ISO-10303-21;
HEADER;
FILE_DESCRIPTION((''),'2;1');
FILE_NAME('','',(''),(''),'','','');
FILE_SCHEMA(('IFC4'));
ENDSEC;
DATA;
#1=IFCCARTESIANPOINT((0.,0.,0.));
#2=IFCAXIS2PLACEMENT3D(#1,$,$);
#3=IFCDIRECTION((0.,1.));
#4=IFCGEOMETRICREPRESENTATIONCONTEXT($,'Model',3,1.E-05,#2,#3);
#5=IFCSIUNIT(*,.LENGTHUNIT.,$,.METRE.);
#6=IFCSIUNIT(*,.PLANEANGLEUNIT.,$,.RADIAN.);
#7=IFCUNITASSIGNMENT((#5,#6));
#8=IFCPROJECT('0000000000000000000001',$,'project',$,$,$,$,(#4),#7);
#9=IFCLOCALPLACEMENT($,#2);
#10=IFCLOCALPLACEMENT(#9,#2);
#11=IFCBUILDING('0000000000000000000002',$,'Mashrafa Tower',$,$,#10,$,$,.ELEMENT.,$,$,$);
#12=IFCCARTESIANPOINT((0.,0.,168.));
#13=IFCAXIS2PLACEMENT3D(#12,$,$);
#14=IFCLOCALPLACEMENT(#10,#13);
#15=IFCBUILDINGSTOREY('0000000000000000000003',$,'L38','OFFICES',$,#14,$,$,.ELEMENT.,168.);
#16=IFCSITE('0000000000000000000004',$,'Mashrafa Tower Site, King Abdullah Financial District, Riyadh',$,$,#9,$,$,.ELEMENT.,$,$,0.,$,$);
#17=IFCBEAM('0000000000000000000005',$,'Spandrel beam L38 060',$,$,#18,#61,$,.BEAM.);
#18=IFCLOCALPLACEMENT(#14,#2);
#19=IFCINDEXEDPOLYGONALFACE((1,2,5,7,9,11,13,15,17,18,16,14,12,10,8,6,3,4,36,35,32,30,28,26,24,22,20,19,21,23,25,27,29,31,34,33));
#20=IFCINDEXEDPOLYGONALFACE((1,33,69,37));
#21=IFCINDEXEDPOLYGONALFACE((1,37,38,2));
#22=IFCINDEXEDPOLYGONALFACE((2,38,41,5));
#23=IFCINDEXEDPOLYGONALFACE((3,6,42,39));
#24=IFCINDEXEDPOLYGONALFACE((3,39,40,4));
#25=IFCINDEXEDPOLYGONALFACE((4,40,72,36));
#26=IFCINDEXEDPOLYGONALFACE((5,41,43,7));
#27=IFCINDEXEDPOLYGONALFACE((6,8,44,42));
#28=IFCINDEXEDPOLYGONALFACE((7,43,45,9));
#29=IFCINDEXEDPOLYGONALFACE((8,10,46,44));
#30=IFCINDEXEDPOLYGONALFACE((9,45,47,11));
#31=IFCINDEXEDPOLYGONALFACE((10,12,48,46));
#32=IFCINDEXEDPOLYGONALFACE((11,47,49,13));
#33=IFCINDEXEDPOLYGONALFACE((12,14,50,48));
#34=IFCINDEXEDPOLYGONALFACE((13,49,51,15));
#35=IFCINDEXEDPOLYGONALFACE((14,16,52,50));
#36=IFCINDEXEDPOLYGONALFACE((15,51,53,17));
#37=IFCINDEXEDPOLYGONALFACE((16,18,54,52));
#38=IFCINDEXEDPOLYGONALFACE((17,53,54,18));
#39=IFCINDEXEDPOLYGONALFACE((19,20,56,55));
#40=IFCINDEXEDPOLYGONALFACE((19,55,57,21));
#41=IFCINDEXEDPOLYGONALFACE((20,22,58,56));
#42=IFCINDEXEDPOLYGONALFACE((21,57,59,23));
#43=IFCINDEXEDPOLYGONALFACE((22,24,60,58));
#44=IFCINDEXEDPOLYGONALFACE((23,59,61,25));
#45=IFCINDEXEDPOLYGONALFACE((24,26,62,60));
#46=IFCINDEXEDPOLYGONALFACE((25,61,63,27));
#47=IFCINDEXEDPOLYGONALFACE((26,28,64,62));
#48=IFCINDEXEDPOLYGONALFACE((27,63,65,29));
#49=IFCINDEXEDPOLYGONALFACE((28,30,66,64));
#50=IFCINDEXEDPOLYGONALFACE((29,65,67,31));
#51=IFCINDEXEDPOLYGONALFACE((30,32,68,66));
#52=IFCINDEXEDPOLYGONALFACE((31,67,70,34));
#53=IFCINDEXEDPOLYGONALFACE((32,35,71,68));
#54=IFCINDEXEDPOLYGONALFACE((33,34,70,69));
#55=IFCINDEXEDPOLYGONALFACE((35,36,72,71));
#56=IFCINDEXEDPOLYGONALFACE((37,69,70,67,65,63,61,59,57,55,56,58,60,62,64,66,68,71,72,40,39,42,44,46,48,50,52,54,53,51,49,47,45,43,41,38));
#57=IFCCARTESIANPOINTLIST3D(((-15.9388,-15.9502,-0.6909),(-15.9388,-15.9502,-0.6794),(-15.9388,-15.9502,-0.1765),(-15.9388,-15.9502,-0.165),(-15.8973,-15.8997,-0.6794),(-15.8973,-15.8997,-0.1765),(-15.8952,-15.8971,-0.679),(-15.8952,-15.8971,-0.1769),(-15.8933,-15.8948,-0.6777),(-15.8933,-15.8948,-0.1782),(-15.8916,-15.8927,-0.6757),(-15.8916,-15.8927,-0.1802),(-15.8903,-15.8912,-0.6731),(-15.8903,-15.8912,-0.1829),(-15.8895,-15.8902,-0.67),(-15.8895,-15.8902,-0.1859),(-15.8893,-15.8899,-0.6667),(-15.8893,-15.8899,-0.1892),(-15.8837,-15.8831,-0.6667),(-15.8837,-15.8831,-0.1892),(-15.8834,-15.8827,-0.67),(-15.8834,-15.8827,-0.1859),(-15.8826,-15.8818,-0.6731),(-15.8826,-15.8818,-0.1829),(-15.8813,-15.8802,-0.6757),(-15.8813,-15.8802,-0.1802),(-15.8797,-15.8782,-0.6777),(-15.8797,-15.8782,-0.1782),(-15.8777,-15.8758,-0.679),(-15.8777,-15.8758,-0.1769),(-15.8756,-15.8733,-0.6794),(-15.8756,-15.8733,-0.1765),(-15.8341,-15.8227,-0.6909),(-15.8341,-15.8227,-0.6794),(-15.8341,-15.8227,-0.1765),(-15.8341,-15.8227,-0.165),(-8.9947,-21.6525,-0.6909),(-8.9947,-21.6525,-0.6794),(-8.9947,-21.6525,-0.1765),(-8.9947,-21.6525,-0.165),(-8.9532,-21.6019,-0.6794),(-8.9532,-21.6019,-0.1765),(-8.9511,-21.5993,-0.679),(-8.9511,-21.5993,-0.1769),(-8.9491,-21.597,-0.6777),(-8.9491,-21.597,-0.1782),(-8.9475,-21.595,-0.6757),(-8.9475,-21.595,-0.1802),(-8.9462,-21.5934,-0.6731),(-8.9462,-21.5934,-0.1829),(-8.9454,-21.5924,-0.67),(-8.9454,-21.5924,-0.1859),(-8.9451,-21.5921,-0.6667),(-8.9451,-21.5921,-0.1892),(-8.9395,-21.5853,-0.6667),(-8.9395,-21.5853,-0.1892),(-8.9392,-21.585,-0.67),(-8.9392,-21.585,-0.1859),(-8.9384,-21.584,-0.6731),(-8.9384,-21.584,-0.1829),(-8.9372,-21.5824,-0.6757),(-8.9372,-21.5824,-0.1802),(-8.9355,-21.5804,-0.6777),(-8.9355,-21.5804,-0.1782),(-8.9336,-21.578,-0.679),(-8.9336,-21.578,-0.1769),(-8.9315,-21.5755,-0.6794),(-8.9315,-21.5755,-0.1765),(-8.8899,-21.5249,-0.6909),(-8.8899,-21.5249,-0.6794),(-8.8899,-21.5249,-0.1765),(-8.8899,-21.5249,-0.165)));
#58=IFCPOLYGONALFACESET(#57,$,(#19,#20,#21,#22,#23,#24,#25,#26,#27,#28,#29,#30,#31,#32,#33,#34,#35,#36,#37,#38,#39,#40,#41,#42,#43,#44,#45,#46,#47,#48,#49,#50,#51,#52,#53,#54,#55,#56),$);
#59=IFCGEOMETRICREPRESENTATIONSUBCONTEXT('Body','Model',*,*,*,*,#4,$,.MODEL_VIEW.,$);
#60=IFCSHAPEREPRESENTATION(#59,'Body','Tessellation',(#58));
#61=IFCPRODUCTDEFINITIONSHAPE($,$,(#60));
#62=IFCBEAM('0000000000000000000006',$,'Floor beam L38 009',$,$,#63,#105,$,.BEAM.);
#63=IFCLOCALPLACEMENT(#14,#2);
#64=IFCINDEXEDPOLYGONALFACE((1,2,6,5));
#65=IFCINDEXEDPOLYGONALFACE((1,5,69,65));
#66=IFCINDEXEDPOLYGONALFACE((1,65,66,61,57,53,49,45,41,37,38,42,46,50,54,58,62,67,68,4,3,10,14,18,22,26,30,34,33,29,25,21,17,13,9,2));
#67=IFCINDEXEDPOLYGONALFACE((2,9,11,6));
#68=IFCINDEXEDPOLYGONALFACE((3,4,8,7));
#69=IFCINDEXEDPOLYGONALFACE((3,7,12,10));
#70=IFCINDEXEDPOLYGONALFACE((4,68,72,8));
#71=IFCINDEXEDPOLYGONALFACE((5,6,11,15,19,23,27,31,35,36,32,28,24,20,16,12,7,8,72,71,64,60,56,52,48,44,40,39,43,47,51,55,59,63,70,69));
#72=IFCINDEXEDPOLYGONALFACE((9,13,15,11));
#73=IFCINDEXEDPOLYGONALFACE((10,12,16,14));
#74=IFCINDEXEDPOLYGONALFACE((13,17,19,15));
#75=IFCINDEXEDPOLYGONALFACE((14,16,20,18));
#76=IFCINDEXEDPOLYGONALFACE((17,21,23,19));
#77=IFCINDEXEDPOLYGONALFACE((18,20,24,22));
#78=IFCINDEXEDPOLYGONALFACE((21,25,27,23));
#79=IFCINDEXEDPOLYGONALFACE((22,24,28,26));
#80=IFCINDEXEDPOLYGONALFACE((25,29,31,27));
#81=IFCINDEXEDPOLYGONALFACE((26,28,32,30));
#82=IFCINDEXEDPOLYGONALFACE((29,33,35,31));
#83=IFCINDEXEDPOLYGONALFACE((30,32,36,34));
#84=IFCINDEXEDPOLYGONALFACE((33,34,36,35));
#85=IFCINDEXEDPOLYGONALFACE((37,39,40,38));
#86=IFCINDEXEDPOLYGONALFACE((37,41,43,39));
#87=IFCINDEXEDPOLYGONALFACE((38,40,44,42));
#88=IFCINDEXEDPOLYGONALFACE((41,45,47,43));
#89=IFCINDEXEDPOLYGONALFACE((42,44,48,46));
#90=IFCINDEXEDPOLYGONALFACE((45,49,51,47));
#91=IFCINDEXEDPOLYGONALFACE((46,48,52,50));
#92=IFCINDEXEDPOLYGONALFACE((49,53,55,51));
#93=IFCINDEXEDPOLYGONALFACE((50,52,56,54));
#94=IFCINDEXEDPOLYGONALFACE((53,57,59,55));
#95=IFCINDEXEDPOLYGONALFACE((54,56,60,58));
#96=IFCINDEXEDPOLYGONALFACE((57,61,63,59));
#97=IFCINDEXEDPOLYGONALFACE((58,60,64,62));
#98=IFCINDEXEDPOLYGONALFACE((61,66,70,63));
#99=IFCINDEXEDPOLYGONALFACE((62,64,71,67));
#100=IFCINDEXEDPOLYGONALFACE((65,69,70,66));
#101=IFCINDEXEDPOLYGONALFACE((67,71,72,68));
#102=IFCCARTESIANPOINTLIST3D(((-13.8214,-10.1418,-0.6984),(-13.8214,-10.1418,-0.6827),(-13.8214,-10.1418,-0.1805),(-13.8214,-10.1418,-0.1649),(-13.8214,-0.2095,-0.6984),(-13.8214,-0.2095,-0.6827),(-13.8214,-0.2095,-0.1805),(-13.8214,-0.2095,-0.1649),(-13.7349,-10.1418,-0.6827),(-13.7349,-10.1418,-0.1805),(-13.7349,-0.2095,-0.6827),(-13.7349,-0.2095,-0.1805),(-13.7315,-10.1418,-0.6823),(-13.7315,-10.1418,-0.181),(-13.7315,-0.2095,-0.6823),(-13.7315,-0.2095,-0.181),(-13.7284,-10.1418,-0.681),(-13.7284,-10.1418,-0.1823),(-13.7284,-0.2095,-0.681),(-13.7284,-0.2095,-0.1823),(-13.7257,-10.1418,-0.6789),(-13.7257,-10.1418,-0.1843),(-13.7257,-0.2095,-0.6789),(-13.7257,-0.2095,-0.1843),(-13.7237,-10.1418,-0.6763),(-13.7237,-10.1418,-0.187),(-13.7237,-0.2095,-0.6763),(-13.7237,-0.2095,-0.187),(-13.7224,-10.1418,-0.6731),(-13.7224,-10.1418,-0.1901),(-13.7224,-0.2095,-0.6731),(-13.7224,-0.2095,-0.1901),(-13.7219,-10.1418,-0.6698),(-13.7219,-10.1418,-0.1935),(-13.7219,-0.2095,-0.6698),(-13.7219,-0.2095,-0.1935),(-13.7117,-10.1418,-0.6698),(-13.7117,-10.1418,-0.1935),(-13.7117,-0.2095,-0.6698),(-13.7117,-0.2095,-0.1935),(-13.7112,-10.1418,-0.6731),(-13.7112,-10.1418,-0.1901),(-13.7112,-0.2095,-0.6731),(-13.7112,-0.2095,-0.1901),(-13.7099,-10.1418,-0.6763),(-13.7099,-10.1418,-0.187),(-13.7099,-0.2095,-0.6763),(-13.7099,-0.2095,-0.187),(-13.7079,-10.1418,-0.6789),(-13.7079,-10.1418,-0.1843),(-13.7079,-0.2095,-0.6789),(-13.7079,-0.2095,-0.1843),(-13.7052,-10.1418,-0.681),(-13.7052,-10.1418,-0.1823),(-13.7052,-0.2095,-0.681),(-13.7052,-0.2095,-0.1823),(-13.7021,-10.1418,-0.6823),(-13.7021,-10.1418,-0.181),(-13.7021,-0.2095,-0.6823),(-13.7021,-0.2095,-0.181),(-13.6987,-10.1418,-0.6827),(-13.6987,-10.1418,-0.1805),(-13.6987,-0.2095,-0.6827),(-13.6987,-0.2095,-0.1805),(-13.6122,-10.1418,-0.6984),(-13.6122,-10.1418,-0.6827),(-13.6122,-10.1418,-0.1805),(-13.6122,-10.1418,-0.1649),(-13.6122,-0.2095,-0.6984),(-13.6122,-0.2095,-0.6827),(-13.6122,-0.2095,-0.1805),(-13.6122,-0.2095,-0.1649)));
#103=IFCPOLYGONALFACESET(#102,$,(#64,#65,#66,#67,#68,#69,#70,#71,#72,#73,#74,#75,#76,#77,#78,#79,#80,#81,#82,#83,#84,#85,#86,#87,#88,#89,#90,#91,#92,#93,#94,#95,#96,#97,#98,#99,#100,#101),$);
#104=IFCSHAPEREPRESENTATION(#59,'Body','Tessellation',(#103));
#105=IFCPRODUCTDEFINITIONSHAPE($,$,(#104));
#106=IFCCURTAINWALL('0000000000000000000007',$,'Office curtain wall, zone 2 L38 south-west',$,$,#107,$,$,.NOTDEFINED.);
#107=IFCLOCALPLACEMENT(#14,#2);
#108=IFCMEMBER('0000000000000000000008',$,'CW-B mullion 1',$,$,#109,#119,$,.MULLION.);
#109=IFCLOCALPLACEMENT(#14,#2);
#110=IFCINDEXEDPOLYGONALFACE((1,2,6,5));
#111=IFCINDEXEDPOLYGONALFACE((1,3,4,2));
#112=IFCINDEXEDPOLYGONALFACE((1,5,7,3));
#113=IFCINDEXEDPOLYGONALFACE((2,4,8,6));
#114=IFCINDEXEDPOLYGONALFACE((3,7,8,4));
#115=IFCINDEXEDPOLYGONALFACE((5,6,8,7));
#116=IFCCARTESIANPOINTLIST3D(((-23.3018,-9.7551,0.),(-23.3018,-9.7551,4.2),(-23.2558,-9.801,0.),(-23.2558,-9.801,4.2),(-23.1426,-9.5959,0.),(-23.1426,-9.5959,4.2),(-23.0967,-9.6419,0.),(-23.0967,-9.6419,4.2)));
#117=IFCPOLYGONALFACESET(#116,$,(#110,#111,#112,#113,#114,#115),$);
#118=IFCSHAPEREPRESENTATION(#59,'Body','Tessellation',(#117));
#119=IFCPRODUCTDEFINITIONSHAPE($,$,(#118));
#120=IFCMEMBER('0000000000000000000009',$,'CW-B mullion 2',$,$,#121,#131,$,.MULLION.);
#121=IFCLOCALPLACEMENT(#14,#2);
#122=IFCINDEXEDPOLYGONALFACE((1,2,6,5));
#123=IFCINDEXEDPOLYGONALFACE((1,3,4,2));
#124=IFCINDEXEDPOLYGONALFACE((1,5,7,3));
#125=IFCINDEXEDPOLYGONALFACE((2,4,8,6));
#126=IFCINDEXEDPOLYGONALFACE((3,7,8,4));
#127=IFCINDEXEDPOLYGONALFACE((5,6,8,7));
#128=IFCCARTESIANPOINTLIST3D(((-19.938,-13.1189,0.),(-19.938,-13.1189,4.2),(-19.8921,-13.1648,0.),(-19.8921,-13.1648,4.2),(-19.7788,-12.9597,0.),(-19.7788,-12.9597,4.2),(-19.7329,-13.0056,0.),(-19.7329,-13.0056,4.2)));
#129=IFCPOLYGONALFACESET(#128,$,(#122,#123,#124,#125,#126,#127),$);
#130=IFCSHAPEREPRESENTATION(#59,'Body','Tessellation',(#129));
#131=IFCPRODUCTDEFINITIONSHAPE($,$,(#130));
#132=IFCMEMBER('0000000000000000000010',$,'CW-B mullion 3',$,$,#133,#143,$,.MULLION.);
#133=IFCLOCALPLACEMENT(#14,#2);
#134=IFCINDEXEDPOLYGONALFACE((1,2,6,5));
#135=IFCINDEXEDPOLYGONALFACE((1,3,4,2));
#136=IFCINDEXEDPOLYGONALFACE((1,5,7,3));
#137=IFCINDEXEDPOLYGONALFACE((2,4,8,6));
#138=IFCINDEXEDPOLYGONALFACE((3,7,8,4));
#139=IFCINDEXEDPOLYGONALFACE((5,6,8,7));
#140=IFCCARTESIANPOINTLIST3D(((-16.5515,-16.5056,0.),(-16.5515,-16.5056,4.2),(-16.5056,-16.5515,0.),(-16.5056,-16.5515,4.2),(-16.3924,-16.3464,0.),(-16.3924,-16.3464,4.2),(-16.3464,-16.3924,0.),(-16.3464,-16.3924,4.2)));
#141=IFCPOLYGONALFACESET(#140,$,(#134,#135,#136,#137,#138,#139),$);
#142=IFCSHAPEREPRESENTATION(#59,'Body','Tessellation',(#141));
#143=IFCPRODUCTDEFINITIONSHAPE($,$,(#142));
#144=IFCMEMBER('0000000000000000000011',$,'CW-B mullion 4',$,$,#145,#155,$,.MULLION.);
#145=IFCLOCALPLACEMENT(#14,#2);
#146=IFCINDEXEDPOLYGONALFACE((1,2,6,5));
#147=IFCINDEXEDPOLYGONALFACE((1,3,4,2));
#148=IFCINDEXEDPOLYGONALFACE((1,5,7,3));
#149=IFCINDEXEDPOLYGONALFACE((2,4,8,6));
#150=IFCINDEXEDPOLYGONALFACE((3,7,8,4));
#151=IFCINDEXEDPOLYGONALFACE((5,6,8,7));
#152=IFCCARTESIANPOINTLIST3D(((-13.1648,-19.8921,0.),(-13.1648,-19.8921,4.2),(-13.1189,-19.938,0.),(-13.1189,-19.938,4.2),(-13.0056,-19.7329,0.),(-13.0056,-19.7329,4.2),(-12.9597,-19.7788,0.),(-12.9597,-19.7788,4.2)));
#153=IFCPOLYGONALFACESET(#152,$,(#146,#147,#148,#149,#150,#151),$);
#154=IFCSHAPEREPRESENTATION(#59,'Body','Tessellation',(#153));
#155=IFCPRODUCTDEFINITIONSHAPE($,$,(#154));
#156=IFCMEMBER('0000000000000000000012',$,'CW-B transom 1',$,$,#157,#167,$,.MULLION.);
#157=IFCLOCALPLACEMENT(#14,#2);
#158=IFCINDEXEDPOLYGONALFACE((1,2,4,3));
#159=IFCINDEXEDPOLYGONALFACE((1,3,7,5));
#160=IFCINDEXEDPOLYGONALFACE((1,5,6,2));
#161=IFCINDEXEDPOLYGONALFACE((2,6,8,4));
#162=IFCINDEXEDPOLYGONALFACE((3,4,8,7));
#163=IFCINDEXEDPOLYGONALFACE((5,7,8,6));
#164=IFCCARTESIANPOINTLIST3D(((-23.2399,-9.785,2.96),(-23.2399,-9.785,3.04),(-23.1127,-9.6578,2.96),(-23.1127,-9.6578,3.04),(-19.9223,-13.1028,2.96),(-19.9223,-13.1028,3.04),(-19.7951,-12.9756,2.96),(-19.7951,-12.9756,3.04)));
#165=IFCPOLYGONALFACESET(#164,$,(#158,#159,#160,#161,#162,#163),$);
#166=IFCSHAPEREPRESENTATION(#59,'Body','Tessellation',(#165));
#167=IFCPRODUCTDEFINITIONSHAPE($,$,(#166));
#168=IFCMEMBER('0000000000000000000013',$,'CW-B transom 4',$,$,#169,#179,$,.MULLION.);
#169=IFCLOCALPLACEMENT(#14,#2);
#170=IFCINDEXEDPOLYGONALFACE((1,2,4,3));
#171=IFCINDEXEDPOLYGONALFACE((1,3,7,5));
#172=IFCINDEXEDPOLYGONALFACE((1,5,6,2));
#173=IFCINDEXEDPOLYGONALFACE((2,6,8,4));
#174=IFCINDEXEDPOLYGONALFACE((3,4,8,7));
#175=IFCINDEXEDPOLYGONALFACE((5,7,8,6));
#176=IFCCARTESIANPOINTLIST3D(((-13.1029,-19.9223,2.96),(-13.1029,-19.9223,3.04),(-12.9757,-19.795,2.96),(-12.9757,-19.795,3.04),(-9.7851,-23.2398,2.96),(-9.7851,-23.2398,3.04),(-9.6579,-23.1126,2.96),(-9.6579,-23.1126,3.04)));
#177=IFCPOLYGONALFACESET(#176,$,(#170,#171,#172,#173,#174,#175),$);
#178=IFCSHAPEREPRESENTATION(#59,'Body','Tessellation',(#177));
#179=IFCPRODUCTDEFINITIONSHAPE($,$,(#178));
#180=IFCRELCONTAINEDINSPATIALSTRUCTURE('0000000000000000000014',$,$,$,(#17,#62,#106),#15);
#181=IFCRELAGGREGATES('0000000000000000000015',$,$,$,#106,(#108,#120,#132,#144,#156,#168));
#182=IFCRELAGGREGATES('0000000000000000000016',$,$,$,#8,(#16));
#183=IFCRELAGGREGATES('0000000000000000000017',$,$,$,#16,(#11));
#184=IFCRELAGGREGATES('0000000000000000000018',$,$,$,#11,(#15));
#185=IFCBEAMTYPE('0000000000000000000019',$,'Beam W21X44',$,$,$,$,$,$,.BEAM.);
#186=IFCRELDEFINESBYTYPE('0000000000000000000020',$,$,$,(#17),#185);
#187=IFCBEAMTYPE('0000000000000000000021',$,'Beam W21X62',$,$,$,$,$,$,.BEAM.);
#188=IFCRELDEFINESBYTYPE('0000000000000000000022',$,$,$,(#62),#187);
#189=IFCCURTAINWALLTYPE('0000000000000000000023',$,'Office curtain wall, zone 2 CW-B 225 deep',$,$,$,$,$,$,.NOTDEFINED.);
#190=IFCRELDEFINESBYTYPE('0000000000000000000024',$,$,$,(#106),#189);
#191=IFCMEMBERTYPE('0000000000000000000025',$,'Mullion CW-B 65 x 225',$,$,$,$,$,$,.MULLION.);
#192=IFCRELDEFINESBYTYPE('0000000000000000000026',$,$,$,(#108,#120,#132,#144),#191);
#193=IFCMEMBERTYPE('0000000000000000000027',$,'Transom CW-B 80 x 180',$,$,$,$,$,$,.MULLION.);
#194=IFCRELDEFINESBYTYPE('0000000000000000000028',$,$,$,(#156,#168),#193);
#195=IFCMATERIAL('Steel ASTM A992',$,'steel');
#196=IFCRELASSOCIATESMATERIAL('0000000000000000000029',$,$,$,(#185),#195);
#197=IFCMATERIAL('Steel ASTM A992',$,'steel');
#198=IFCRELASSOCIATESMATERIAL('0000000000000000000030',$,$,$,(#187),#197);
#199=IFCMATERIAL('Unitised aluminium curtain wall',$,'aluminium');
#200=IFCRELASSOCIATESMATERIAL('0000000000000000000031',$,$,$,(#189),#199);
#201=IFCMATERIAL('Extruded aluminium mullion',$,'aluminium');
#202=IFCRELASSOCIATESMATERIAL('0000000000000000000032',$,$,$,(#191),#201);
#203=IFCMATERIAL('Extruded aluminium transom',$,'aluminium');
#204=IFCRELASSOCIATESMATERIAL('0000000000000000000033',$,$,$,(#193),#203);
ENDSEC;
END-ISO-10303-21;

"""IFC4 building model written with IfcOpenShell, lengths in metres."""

from ifc_helpers import new_model, si_unit, direction, frame, origin, origin_2d, place, context, subcontext, project, spatial, rectangle, i_section, extrude, source, transform, mapped, material, material_profile, profile_set, type_object, type_shapes, element, aggregate, save


model = new_model("IFC4")

# Units and contexts
model_context = context("Model", 3, precision=1e-05, world=origin(), true_north=direction((0.0, 1.0)))
body_context = subcontext(model_context, "Body", "Model", "MODEL_VIEW")
ifc_project = project(units=[si_unit("LENGTHUNIT", "METRE"), si_unit("PLANEANGLEUNIT", "RADIAN")], contexts=[model_context])

# Site, building, storey
site_placement = place(None, origin())
site = spatial("IfcSite", under=ifc_project, at=site_placement, Name="Mashrafa Tower Site, King Abdullah Financial District, Riyadh", CompositionType="ELEMENT", RefElevation=0.0)
building_placement = place(site_placement, origin())
building = spatial("IfcBuilding", under=site, at=building_placement, Name="Mashrafa Tower", CompositionType="ELEMENT")
storey_placement = place(building_placement, frame((0.0, 0.0, 168.0)))
storey = spatial("IfcBuildingStorey", under=building, at=storey_placement, Name="L38", Description="OFFICES", CompositionType="ELEMENT", Elevation=168.0)

# Beams
ifc_material_1 = material(Name="Steel ASTM A992", Category="steel")
ifc_material_profile_1 = material_profile(ifc_material_1, i_section(OverallWidth=0.165, OverallDepth=0.5259, WebThickness=0.0088, FlangeThickness=0.0115, FilletRadius=0.0127, at=origin_2d()), Name="W21X44")
ifc_profile_set_1 = profile_set([ifc_material_profile_1], Name="Steel ASTM A992")
beam_type_1 = type_object("IfcBeamType", Name="Beam W21X44", PredefinedType="BEAM", material=ifc_profile_set_1)
beam_1_placement = place(storey_placement, frame((-15.8865, -15.8865, -0.428), z_axis=(0.772831, -0.634611, 0.0), x_axis=(0.634611, 0.772831, 0.0)))
element("IfcBeam", 1, at=beam_1_placement, inside=storey, type_object=beam_type_1, Name="Spandrel beam L38 060", PredefinedType="BEAM", context=body_context, shape_type="SweptSolid", body=[
    extrude(i_section(OverallWidth=0.165, OverallDepth=0.5259, WebThickness=0.0088, FlangeThickness=0.0115, FilletRadius=0.0127, at=origin_2d()), origin(), (0.0, 0.0, 1.0), 8.9854),
])
ifc_material_2 = material(Name="Steel ASTM A992", Category="steel")
ifc_material_profile_2 = material_profile(ifc_material_2, i_section(OverallWidth=0.2092, OverallDepth=0.5334, WebThickness=0.0103, FlangeThickness=0.0156, FilletRadius=0.0129, at=origin_2d()), Name="W21X62")
ifc_profile_set_2 = profile_set([ifc_material_profile_2], Name="Steel ASTM A992")
beam_type_2 = type_object("IfcBeamType", Name="Beam W21X62", PredefinedType="BEAM", material=ifc_profile_set_2)
beam_2_placement = place(storey_placement, frame((-13.7168, -10.1418, -0.4316), z_axis=(0.0, 1.0, 0.0), x_axis=(-1.0, 0.0, 0.0)))
element("IfcBeam", 2, at=beam_2_placement, inside=storey, type_object=beam_type_2, Name="Floor beam L38 009", PredefinedType="BEAM", context=body_context, shape_type="SweptSolid", body=[
    extrude(i_section(OverallWidth=0.2092, OverallDepth=0.5334, WebThickness=0.0103, FlangeThickness=0.0156, FilletRadius=0.0129, at=origin_2d()), origin(), (0.0, 0.0, 1.0), 9.9324),
])

# Curtain wall, members
ifc_material_3 = material(Name="Unitised aluminium curtain wall", Category="aluminium")
curtain_wall_type = type_object("IfcCurtainWallType", Name="Office curtain wall, zone 2 CW-B 225 deep", PredefinedType="NOTDEFINED", material=ifc_material_3)
curtain_wall_placement = place(storey_placement, origin())
curtain_wall = element("IfcCurtainWall", 3, at=curtain_wall_placement, inside=storey, type_object=curtain_wall_type, Name="Office curtain wall, zone 2 L38 south-west", PredefinedType="NOTDEFINED")
ifc_material_4 = material(Name="Extruded aluminium mullion", Category="aluminium")
ifc_material_profile_3 = material_profile(ifc_material_4, rectangle(XDim=0.2251, YDim=0.0649, at=origin_2d()), Name="Mullion 65x225")
ifc_profile_set_3 = profile_set([ifc_material_profile_3], Name="Extruded aluminium mullion")
member_type_1 = type_object("IfcMemberType", Name="Mullion CW-B 65 x 225", PredefinedType="MULLION", material=ifc_profile_set_3)
shared_shape_1 = source(origin(), body_context, "Body", "SweptSolid", [
    extrude(rectangle(XDim=0.2251, YDim=0.0649, at=origin_2d()), origin(), (0.0, 0.0, 1.0), 4.2),
])
type_shapes(member_type_1, [shared_shape_1])
member_1_placement = place(storey_placement, frame((-23.1992, -9.6985, 0.0), z_axis=(0.0, 0.0, 1.0), x_axis=(0.707107, 0.707107, 0.0)))
member_1 = element("IfcMember", 4, at=member_1_placement, type_object=member_type_1, Name="CW-B mullion 1", PredefinedType="MULLION", context=body_context, shape_type="MappedRepresentation", body=[
    mapped(shared_shape_1, transform((0.0, 0.0, 0.0))),
])
member_2_placement = place(storey_placement, frame((-19.8354, -13.0623, 0.0), z_axis=(0.0, 0.0, 1.0), x_axis=(0.707107, 0.707107, 0.0)))
member_2 = element("IfcMember", 5, at=member_2_placement, type_object=member_type_1, Name="CW-B mullion 2", PredefinedType="MULLION", context=body_context, shape_type="MappedRepresentation", body=[
    mapped(shared_shape_1, transform((0.0, 0.0, 0.0))),
])
member_3_placement = place(storey_placement, frame((-16.449, -16.449, 0.0), z_axis=(0.0, 0.0, 1.0), x_axis=(0.707107, 0.707107, 0.0)))
member_3 = element("IfcMember", 6, at=member_3_placement, type_object=member_type_1, Name="CW-B mullion 3", PredefinedType="MULLION", context=body_context, shape_type="MappedRepresentation", body=[
    mapped(shared_shape_1, transform((0.0, 0.0, 0.0))),
])
member_4_placement = place(storey_placement, frame((-13.0623, -19.8354, 0.0), z_axis=(0.0, 0.0, 1.0), x_axis=(0.707107, 0.707107, 0.0)))
member_4 = element("IfcMember", 7, at=member_4_placement, type_object=member_type_1, Name="CW-B mullion 4", PredefinedType="MULLION", context=body_context, shape_type="MappedRepresentation", body=[
    mapped(shared_shape_1, transform((0.0, 0.0, 0.0))),
])
ifc_material_5 = material(Name="Extruded aluminium transom", Category="aluminium")
ifc_material_profile_4 = material_profile(ifc_material_5, rectangle(XDim=0.1799, YDim=0.0801, at=origin_2d()), Name="Transom 80x180")
ifc_profile_set_4 = profile_set([ifc_material_profile_4], Name="Extruded aluminium transom")
member_type_2 = type_object("IfcMemberType", Name="Transom CW-B 80 x 180", PredefinedType="MULLION", material=ifc_profile_set_4)
shared_shape_2 = source(origin(), body_context, "Body", "SweptSolid", [
    extrude(rectangle(XDim=0.1799, YDim=0.0801, at=origin_2d()), origin(), (0.0, 0.0, 1.0), 4.6919),
])
member_5_placement = place(storey_placement, frame((-23.1763, -9.7214, 3.0), z_axis=(0.707081, -0.707133, 0.0), x_axis=(0.707133, 0.707081, 0.0)))
member_5 = element("IfcMember", 8, at=member_5_placement, type_object=member_type_2, Name="CW-B transom 1", PredefinedType="MULLION", context=body_context, shape_type="MappedRepresentation", body=[
    mapped(shared_shape_2, transform((0.0, 0.0, 0.0))),
])
member_6_placement = place(storey_placement, frame((-13.0393, -19.8586, 3.0), z_axis=(0.707133, -0.707081, 0.0), x_axis=(0.707081, 0.707133, 0.0)))
member_6 = element("IfcMember", 9, at=member_6_placement, type_object=member_type_2, Name="CW-B transom 4", PredefinedType="MULLION", context=body_context, shape_type="MappedRepresentation", body=[
    mapped(shared_shape_2, transform((0.0, 0.0, 0.0))),
])
aggregate(curtain_wall, [member_1, member_2, member_3, member_4, member_5, member_6])

save(model, "model.ifc")
